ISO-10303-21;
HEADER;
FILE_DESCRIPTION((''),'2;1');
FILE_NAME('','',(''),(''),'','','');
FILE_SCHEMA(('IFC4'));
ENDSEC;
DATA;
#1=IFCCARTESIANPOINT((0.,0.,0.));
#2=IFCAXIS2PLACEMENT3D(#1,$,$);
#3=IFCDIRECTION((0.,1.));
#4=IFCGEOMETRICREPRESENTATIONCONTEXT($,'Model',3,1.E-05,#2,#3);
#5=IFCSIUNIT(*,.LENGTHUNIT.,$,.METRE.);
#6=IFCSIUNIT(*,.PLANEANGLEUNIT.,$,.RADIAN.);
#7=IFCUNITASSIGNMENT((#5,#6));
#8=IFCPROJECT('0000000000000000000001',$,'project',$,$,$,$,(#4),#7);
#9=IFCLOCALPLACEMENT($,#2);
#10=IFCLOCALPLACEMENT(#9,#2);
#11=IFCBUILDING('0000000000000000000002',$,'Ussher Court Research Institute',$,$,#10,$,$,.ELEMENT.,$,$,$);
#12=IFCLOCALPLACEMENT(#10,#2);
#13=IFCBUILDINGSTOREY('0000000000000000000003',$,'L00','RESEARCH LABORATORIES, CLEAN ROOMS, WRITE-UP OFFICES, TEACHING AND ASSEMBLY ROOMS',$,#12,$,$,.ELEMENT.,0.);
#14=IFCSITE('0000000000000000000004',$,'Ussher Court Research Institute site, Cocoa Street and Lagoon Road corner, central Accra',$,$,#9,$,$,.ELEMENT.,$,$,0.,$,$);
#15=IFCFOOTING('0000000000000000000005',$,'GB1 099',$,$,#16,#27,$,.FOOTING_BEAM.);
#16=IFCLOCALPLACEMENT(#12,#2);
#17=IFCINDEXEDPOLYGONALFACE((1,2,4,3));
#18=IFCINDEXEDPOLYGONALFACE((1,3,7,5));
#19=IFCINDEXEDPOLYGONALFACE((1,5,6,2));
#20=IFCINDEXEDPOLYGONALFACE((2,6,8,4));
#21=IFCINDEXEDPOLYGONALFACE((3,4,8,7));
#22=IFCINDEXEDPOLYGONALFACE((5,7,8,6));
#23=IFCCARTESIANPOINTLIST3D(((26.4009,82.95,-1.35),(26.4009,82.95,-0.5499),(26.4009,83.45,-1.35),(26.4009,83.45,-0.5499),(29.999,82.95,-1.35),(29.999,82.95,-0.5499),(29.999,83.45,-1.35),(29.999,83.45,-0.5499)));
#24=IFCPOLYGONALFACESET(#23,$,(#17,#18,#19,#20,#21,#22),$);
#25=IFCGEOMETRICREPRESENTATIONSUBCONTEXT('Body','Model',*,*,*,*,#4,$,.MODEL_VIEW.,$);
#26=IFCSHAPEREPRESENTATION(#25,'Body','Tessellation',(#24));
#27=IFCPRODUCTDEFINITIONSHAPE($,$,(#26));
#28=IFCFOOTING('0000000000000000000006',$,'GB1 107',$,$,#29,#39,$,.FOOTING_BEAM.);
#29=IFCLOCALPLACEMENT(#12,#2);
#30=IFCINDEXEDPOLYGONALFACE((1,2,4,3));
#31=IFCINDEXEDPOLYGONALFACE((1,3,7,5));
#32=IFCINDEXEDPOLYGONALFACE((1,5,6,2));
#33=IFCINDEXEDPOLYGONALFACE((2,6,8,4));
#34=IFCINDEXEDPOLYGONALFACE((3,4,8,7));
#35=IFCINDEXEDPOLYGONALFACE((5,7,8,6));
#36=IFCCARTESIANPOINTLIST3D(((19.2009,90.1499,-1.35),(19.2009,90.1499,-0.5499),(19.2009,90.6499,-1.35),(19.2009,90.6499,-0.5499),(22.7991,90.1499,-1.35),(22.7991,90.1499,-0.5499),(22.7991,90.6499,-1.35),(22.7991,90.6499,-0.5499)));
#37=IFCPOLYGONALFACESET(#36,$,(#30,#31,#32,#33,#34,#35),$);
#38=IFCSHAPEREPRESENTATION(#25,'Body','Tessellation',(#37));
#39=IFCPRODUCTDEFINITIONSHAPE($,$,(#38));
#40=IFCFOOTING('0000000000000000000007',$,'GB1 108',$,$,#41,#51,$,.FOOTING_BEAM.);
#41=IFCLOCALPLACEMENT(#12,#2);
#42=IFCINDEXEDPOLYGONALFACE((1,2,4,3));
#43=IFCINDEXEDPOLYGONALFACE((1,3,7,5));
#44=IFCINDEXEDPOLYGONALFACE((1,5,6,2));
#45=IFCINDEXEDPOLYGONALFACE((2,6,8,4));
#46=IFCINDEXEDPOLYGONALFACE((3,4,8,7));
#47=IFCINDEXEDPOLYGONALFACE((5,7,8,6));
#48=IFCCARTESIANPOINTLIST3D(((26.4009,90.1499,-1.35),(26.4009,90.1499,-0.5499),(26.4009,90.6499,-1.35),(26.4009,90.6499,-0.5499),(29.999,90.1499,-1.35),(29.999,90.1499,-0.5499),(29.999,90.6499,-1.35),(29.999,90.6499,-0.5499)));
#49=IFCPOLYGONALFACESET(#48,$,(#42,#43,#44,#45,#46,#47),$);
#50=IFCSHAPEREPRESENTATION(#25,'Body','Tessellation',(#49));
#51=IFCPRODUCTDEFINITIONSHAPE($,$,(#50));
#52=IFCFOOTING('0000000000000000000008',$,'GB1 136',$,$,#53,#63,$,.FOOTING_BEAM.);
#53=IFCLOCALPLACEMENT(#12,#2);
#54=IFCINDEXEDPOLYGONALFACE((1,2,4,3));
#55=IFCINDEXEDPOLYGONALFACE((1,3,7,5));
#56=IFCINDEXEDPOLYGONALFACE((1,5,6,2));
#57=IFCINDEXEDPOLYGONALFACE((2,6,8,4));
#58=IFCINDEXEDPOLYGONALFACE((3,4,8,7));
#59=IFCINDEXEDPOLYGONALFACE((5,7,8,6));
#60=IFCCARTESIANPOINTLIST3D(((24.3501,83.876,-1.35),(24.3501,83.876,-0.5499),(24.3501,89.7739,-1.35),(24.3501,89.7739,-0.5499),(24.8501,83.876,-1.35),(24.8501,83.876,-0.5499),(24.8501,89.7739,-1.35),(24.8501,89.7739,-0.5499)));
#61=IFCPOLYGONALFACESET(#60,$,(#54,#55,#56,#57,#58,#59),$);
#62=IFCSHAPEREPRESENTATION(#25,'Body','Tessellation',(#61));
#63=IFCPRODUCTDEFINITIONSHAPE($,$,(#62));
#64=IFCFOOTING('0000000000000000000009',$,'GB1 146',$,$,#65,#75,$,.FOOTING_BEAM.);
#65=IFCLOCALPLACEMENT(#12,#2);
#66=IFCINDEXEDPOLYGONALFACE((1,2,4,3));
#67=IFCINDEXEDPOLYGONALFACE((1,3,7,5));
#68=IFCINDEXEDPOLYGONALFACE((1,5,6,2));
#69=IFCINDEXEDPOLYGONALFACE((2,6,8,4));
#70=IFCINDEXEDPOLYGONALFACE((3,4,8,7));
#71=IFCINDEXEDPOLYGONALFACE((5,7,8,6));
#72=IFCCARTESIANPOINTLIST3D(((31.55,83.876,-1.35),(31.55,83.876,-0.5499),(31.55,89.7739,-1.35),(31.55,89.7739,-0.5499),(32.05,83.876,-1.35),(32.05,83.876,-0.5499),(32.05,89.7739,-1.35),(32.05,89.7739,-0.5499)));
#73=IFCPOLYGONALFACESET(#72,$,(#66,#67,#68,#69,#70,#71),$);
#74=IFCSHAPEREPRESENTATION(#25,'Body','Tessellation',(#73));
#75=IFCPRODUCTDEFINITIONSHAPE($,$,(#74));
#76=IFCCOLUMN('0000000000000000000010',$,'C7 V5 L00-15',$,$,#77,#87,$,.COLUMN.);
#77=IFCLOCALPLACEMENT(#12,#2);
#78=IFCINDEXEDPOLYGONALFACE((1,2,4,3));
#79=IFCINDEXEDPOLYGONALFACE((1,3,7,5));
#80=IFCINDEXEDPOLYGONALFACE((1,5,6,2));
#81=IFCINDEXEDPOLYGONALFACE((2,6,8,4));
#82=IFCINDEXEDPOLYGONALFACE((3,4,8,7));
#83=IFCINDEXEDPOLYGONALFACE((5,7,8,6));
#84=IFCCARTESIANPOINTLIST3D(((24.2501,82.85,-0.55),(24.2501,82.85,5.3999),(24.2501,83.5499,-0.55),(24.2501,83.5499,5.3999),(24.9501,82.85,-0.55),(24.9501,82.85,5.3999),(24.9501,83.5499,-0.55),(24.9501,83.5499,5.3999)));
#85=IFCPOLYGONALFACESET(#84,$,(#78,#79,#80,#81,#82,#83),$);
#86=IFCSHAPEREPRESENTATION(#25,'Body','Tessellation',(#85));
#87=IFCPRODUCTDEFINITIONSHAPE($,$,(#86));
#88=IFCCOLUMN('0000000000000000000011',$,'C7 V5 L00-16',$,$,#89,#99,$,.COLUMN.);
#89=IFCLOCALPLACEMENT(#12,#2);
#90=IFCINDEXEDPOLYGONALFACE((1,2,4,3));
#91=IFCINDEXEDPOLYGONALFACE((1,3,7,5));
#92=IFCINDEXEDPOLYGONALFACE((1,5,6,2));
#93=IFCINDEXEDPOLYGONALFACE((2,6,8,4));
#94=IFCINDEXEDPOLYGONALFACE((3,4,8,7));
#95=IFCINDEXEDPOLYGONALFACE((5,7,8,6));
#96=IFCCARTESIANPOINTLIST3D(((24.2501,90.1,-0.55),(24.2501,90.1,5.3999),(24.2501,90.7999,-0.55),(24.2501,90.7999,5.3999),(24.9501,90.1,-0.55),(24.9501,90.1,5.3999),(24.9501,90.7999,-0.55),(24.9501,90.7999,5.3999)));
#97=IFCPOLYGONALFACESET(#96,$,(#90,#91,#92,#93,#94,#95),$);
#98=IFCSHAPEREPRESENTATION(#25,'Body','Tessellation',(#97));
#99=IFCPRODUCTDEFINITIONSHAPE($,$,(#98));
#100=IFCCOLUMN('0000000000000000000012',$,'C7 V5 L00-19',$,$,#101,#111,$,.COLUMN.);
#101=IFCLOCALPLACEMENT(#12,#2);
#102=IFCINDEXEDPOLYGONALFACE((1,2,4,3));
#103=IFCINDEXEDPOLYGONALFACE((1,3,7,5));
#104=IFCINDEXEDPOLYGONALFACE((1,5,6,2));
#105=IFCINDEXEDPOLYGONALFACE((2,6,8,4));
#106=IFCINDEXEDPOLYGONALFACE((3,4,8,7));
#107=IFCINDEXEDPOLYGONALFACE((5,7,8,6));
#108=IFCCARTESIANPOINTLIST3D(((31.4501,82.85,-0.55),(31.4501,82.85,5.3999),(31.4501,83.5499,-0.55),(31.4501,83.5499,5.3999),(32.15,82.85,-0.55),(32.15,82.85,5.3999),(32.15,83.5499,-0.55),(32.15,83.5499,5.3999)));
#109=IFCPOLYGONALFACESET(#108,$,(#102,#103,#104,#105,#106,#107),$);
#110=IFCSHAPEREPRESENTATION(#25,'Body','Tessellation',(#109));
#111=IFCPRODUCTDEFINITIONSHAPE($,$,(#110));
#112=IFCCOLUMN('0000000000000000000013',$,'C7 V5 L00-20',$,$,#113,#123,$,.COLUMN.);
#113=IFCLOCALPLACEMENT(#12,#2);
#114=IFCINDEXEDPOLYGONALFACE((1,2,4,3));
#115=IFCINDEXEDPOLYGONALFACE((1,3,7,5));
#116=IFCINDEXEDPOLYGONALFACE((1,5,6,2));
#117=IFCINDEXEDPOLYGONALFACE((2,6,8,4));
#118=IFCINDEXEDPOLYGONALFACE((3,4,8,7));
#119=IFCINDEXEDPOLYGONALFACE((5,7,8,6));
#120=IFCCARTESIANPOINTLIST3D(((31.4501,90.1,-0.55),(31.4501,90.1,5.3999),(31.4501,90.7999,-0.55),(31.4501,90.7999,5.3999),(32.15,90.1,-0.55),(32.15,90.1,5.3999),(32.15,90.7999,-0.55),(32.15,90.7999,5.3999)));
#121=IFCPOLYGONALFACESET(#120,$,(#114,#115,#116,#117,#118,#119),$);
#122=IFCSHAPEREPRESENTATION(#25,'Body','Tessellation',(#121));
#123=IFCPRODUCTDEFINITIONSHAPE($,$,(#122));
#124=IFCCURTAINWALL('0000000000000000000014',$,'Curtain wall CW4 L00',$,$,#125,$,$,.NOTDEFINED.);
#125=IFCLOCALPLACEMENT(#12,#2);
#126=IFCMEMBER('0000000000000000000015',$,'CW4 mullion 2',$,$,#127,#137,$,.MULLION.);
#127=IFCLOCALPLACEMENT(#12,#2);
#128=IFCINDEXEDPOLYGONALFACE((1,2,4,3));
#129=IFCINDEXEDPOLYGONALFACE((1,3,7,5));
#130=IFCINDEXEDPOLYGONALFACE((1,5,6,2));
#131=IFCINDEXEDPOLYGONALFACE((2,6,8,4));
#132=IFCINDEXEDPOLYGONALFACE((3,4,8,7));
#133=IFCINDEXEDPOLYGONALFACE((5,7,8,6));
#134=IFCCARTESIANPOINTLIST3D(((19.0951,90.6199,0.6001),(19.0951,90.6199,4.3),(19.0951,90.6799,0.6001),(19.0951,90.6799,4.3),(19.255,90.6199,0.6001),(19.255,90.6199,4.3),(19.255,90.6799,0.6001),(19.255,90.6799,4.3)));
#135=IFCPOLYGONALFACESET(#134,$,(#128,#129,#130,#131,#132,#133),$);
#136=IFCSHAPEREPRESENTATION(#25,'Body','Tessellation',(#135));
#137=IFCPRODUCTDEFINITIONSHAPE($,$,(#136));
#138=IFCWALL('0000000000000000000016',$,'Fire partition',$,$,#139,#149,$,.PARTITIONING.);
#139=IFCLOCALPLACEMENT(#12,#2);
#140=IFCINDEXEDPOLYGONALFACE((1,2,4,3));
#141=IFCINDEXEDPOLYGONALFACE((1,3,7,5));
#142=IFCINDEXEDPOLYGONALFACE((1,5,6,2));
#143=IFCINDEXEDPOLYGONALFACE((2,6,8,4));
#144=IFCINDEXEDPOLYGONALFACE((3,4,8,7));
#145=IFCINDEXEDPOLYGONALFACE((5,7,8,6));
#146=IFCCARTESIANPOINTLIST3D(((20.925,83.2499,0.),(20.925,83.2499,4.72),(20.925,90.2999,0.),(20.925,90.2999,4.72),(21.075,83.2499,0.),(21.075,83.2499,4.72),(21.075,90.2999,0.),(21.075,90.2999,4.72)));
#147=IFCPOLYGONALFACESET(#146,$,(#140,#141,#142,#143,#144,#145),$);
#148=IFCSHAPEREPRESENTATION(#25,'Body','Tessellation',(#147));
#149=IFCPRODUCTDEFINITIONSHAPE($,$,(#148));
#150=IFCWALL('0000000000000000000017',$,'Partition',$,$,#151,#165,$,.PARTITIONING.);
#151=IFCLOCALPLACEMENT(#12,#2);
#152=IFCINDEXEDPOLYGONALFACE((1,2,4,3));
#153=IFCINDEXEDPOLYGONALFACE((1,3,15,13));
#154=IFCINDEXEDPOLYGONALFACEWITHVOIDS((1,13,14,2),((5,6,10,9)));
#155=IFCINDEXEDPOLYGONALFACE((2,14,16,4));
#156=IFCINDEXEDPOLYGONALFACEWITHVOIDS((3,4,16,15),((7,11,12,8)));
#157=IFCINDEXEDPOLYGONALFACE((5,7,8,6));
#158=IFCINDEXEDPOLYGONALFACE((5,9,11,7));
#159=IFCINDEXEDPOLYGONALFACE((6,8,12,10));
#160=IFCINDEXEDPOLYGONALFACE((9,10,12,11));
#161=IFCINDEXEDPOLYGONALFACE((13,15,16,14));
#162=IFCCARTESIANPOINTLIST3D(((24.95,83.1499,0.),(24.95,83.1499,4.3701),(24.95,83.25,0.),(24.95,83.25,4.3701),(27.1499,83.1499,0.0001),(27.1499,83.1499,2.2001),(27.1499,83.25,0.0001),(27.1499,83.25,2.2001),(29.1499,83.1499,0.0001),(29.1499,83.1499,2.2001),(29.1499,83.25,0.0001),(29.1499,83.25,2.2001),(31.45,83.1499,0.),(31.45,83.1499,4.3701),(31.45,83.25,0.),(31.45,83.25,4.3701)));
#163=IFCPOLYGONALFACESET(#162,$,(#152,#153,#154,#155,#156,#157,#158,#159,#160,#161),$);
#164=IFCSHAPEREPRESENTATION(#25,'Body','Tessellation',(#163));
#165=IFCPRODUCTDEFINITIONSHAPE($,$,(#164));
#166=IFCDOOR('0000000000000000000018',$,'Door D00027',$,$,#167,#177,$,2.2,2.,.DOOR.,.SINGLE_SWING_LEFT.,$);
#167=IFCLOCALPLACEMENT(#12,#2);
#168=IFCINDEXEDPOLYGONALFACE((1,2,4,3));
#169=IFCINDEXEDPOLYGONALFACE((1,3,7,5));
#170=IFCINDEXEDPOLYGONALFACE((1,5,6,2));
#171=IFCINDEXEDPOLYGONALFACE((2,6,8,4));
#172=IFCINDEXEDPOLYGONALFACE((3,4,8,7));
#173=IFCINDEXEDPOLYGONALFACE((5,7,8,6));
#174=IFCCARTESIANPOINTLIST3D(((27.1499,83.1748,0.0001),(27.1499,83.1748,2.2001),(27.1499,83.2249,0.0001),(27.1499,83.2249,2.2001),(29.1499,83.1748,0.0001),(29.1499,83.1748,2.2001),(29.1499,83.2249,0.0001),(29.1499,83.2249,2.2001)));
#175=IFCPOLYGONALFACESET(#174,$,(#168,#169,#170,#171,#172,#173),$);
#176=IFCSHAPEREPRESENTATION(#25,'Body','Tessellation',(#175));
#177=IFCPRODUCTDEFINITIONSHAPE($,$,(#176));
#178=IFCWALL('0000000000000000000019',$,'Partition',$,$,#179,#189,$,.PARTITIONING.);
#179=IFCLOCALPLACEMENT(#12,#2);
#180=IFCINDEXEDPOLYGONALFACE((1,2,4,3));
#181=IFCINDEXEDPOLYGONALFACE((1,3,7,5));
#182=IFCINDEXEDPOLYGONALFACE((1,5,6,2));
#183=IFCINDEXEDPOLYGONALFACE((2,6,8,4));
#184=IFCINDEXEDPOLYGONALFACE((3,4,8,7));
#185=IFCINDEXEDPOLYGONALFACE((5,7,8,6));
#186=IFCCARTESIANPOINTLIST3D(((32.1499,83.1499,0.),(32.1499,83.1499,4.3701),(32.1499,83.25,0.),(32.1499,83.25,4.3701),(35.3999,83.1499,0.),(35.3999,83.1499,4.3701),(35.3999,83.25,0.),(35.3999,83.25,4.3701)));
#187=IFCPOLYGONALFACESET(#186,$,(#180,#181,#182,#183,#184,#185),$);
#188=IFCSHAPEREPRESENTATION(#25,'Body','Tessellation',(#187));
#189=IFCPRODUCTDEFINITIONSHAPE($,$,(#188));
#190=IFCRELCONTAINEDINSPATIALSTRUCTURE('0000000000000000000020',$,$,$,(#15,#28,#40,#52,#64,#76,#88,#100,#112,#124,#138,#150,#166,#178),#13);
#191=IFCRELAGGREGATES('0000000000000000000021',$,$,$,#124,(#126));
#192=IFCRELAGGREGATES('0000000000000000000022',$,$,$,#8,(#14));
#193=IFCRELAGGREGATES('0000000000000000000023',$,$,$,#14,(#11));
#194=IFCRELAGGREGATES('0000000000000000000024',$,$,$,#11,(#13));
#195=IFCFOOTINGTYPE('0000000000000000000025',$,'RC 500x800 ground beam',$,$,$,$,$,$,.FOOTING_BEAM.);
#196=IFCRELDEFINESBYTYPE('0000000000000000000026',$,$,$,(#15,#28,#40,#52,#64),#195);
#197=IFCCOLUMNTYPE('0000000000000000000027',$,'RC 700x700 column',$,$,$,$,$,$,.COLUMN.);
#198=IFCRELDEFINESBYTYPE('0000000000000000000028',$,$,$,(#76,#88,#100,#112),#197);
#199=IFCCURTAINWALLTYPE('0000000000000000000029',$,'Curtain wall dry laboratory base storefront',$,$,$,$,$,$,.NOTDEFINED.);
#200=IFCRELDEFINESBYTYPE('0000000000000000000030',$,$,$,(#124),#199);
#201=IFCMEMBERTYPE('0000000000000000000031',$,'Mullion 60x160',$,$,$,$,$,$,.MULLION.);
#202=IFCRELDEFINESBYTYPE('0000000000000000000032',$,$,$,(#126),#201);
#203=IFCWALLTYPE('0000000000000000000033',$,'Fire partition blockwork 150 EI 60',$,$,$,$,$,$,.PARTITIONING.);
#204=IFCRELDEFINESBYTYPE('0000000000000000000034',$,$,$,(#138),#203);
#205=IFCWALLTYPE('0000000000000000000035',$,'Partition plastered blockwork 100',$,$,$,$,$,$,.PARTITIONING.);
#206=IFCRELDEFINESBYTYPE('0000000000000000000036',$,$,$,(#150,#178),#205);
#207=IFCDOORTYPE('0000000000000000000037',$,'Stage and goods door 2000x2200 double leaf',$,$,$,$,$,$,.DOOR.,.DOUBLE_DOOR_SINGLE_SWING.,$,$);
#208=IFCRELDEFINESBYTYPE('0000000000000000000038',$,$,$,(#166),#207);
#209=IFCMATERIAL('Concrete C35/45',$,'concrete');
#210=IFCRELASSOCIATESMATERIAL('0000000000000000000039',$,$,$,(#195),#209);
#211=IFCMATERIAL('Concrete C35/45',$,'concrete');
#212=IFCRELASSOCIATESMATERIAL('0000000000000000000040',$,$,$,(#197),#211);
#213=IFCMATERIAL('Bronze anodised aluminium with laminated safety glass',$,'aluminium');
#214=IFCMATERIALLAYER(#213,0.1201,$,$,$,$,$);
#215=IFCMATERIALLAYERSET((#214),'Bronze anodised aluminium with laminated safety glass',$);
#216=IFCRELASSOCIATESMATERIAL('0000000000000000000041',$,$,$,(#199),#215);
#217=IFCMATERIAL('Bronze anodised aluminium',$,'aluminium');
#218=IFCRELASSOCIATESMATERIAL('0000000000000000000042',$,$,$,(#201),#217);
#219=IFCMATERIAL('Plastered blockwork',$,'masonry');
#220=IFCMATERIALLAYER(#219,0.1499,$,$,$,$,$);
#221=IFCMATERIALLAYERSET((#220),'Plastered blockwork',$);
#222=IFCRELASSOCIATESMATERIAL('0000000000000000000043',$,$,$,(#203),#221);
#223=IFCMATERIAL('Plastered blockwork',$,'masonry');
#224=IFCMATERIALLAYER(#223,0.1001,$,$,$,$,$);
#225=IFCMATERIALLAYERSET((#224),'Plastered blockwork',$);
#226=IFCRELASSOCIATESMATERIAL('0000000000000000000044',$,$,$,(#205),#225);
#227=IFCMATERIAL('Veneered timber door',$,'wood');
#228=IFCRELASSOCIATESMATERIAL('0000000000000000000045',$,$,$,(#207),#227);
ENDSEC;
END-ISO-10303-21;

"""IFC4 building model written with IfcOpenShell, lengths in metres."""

from ifc_helpers import new_model, si_unit, direction, frame, frame_2d, origin, origin_2d, place, context, subcontext, project, spatial, rectangle, extrude, material, layer, layer_set, material_profile, profile_set, type_object, element, fill, aggregate, save


model = new_model("IFC4")

# Units and contexts
model_context = context("Model", 3, precision=1e-05, world=origin(), true_north=direction((0.0, 1.0)))
body_context = subcontext(model_context, "Body", "Model", "MODEL_VIEW")
ifc_project = project(units=[si_unit("LENGTHUNIT", "METRE"), si_unit("PLANEANGLEUNIT", "RADIAN")], contexts=[model_context])

# Site, building, storey
site_placement = place(None, origin())
site = spatial("IfcSite", under=ifc_project, at=site_placement, Name="Ussher Court Research Institute site, Cocoa Street and Lagoon Road corner, central Accra", CompositionType="ELEMENT", RefElevation=0.0)
building_placement = place(site_placement, origin())
building = spatial("IfcBuilding", under=site, at=building_placement, Name="Ussher Court Research Institute", CompositionType="ELEMENT")
storey_placement = place(building_placement, origin())
storey = spatial("IfcBuildingStorey", under=building, at=storey_placement, Name="L00", Description="RESEARCH LABORATORIES, CLEAN ROOMS, WRITE-UP OFFICES, TEACHING AND ASSEMBLY ROOMS", CompositionType="ELEMENT", Elevation=0.0)

# Footings
ifc_material_1 = material(Name="Concrete C35/45", Category="concrete")
ifc_material_profile_1 = material_profile(ifc_material_1, rectangle(XDim=0.5, YDim=0.8, at=origin_2d()), Name="RC 500x800")
ifc_profile_set_1 = profile_set([ifc_material_profile_1], Name="Concrete C35/45")
footing_type = type_object("IfcFootingType", Name="RC 500x800 ground beam", PredefinedType="FOOTING_BEAM", material=ifc_profile_set_1)
for number, where, z_axis, x_axis, name in (
    (1, (26.4009, 83.2, -0.95), (1.0, 0.0, 0.0), (0.0, 1.0, 0.0), "GB1 099"),
    (2, (19.2009, 90.3999, -0.95), (1.0, 0.0, 0.0), (0.0, 1.0, 0.0), "GB1 107"),
    (3, (26.4009, 90.3999, -0.95), (1.0, 0.0, 0.0), (0.0, 1.0, 0.0), "GB1 108"),
):
    element("IfcFooting", number, at=place(storey_placement, frame(where, z_axis=z_axis, x_axis=x_axis)), inside=storey, type_object=footing_type, Name=name, PredefinedType="FOOTING_BEAM", context=body_context, shape_type="SweptSolid", body=[
        extrude(rectangle(XDim=0.5, YDim=0.8, at=origin_2d()), origin(), (0.0, 0.0, 1.0), 3.5981),
    ])
for number, where, z_axis, x_axis, name in (
    (4, (24.6001, 83.876, -0.95), (0.0, 1.0, 0.0), (-1.0, 0.0, 0.0), "GB1 136"),
    (5, (31.8, 83.876, -0.95), (0.0, 1.0, 0.0), (-1.0, 0.0, 0.0), "GB1 146"),
):
    element("IfcFooting", number, at=place(storey_placement, frame(where, z_axis=z_axis, x_axis=x_axis)), inside=storey, type_object=footing_type, Name=name, PredefinedType="FOOTING_BEAM", context=body_context, shape_type="SweptSolid", body=[
        extrude(rectangle(XDim=0.5, YDim=0.8, at=origin_2d()), origin(), (0.0, 0.0, 1.0), 5.8979),
    ])

# Columns
ifc_material_2 = material(Name="Concrete C35/45", Category="concrete")
ifc_material_profile_2 = material_profile(ifc_material_2, rectangle(XDim=0.7, YDim=0.7, at=origin_2d()), Name="RC 700x700")
ifc_profile_set_2 = profile_set([ifc_material_profile_2], Name="Concrete C35/45")
column_type = type_object("IfcColumnType", Name="RC 700x700 column", PredefinedType="COLUMN", material=ifc_profile_set_2)
for number, where, z_axis, x_axis, name in (
    (6, (24.6001, 83.2, -0.55), (0.0, 0.0, 1.0), (1.0, 0.0, 0.0), "C7 V5 L00-15"),
    (7, (24.6001, 90.45, -0.55), (0.0, 0.0, 1.0), (1.0, 0.0, 0.0), "C7 V5 L00-16"),
    (8, (31.8, 83.2, -0.55), (0.0, 0.0, 1.0), (1.0, 0.0, 0.0), "C7 V5 L00-19"),
    (9, (31.8, 90.45, -0.55), (0.0, 0.0, 1.0), (1.0, 0.0, 0.0), "C7 V5 L00-20"),
):
    element("IfcColumn", number, at=place(storey_placement, frame(where, z_axis=z_axis, x_axis=x_axis)), inside=storey, type_object=column_type, Name=name, PredefinedType="COLUMN", context=body_context, shape_type="SweptSolid", body=[
        extrude(rectangle(XDim=0.7, YDim=0.7, at=origin_2d()), origin(), (0.0, 0.0, 1.0), 5.95),
    ])

# Curtain wall, member
ifc_material_3 = material(Name="Bronze anodised aluminium with laminated safety glass", Category="aluminium")
ifc_layer_1 = layer(ifc_material_3, 0.1201)
ifc_layer_set_1 = layer_set([ifc_layer_1], Name="Bronze anodised aluminium with laminated safety glass")
curtain_wall_type = type_object("IfcCurtainWallType", Name="Curtain wall dry laboratory base storefront", PredefinedType="NOTDEFINED", material=ifc_layer_set_1)
curtain_wall_placement = place(storey_placement, origin())
curtain_wall = element("IfcCurtainWall", 10, at=curtain_wall_placement, inside=storey, type_object=curtain_wall_type, Name="Curtain wall CW4 L00", PredefinedType="NOTDEFINED")
ifc_material_4 = material(Name="Bronze anodised aluminium", Category="aluminium")
ifc_material_profile_3 = material_profile(ifc_material_4, rectangle(XDim=0.0601, YDim=0.1599, at=origin_2d()), Name="Mullion 60x160")
ifc_profile_set_3 = profile_set([ifc_material_profile_3], Name="Bronze anodised aluminium")
member_type = type_object("IfcMemberType", Name="Mullion 60x160", PredefinedType="MULLION", material=ifc_profile_set_3)
member_placement = place(storey_placement, frame((19.175, 90.6499, 0.6001), z_axis=(0.0, 0.0, 1.0), x_axis=(0.0, 1.0, 0.0)))
member = element("IfcMember", 11, at=member_placement, type_object=member_type, Name="CW4 mullion 2", PredefinedType="MULLION", context=body_context, shape_type="SweptSolid", body=[
    extrude(rectangle(XDim=0.0601, YDim=0.1599, at=origin_2d()), origin(), (0.0, 0.0, 1.0), 3.7),
])
aggregate(curtain_wall, [member])

# Wall
ifc_material_5 = material(Name="Plastered blockwork", Category="masonry")
ifc_layer_2 = layer(ifc_material_5, 0.1499)
ifc_layer_set_2 = layer_set([ifc_layer_2], Name="Plastered blockwork")
wall_type_1 = type_object("IfcWallType", Name="Fire partition blockwork 150 EI 60", PredefinedType="PARTITIONING", material=ifc_layer_set_2)
wall_1_placement = place(storey_placement, frame((21.0, 83.25, 0.0), z_axis=(0.0, 0.0, 1.0), x_axis=(0.0, 1.0, 0.0)))
element("IfcWall", 12, at=wall_1_placement, inside=storey, type_object=wall_type_1, Name="Fire partition", PredefinedType="PARTITIONING", context=body_context, shape_type="SweptSolid", body=[
    extrude(rectangle(XDim=7.05, YDim=0.1499, at=frame_2d((3.5249, 0.0))), origin(), (0.0, 0.0, 1.0), 4.72),
])

# Wall, opening, door
ifc_material_6 = material(Name="Plastered blockwork", Category="masonry")
ifc_layer_3 = layer(ifc_material_6, 0.1001)
ifc_layer_set_3 = layer_set([ifc_layer_3], Name="Plastered blockwork")
wall_type_2 = type_object("IfcWallType", Name="Partition plastered blockwork 100", PredefinedType="PARTITIONING", material=ifc_layer_set_3)
wall_2_placement = place(storey_placement, frame((24.95, 83.2, 0.0), z_axis=(0.0, 0.0, 1.0), x_axis=(1.0, 0.0, 0.0)))
wall_2 = element("IfcWall", 13, at=wall_2_placement, inside=storey, type_object=wall_type_2, Name="Partition", PredefinedType="PARTITIONING", context=body_context, shape_type="SweptSolid", body=[
    extrude(rectangle(XDim=6.5, YDim=0.1001, at=frame_2d((3.25, 0.0))), origin(), (0.0, 0.0, 1.0), 4.3701),
])
opening_1_placement = place(wall_2_placement, frame((2.2, 0.0, 0.0)))
opening_1 = element("IfcOpeningElement", 14, at=opening_1_placement, cuts=wall_2, PredefinedType="OPENING", context=body_context, shape_type="SweptSolid", body=[
    extrude(rectangle(XDim=2.0, YDim=2.2, at=frame_2d((1.0, 1.1001))), frame((0.0, 0.0601, 0.0), z_axis=(0.0, -1.0, 0.0), x_axis=(1.0, 0.0, 0.0)), (0.0, 0.0, 1.0), 0.1201),
])
ifc_material_7 = material(Name="Veneered timber door", Category="wood")
door_type_1 = type_object("IfcDoorType", Name="Stage and goods door 2000x2200 double leaf", OperationType="DOUBLE_DOOR_SINGLE_SWING", PredefinedType="DOOR", material=ifc_material_7)
door_1_placement = place(opening_1_placement, origin())
door_1 = element("IfcDoor", 15, at=door_1_placement, inside=storey, type_object=door_type_1, Name="Door D00027", OperationType="SINGLE_SWING_LEFT", OverallHeight=2.2, OverallWidth=2.0, PredefinedType="DOOR", context=body_context, shape_type="SweptSolid", body=[
    extrude(rectangle(XDim=2.0, YDim=2.2, at=frame_2d((1.0, 1.1001))), frame((0.0, 0.0249, 0.0), z_axis=(0.0, -1.0, 0.0), x_axis=(1.0, 0.0, 0.0)), (0.0, 0.0, 1.0), 0.05),
])
fill(opening_1, door_1)

# Wall
wall_3_placement = place(storey_placement, frame((32.1499, 83.2, 0.0), z_axis=(0.0, 0.0, 1.0), x_axis=(1.0, 0.0, 0.0)))
element("IfcWall", 16, at=wall_3_placement, inside=storey, type_object=wall_type_2, Name="Partition", PredefinedType="PARTITIONING", context=body_context, shape_type="SweptSolid", body=[
    extrude(rectangle(XDim=3.25, YDim=0.1001, at=frame_2d((1.625, 0.0))), origin(), (0.0, 0.0, 1.0), 4.3701),
])

save(model, "model.ifc")
